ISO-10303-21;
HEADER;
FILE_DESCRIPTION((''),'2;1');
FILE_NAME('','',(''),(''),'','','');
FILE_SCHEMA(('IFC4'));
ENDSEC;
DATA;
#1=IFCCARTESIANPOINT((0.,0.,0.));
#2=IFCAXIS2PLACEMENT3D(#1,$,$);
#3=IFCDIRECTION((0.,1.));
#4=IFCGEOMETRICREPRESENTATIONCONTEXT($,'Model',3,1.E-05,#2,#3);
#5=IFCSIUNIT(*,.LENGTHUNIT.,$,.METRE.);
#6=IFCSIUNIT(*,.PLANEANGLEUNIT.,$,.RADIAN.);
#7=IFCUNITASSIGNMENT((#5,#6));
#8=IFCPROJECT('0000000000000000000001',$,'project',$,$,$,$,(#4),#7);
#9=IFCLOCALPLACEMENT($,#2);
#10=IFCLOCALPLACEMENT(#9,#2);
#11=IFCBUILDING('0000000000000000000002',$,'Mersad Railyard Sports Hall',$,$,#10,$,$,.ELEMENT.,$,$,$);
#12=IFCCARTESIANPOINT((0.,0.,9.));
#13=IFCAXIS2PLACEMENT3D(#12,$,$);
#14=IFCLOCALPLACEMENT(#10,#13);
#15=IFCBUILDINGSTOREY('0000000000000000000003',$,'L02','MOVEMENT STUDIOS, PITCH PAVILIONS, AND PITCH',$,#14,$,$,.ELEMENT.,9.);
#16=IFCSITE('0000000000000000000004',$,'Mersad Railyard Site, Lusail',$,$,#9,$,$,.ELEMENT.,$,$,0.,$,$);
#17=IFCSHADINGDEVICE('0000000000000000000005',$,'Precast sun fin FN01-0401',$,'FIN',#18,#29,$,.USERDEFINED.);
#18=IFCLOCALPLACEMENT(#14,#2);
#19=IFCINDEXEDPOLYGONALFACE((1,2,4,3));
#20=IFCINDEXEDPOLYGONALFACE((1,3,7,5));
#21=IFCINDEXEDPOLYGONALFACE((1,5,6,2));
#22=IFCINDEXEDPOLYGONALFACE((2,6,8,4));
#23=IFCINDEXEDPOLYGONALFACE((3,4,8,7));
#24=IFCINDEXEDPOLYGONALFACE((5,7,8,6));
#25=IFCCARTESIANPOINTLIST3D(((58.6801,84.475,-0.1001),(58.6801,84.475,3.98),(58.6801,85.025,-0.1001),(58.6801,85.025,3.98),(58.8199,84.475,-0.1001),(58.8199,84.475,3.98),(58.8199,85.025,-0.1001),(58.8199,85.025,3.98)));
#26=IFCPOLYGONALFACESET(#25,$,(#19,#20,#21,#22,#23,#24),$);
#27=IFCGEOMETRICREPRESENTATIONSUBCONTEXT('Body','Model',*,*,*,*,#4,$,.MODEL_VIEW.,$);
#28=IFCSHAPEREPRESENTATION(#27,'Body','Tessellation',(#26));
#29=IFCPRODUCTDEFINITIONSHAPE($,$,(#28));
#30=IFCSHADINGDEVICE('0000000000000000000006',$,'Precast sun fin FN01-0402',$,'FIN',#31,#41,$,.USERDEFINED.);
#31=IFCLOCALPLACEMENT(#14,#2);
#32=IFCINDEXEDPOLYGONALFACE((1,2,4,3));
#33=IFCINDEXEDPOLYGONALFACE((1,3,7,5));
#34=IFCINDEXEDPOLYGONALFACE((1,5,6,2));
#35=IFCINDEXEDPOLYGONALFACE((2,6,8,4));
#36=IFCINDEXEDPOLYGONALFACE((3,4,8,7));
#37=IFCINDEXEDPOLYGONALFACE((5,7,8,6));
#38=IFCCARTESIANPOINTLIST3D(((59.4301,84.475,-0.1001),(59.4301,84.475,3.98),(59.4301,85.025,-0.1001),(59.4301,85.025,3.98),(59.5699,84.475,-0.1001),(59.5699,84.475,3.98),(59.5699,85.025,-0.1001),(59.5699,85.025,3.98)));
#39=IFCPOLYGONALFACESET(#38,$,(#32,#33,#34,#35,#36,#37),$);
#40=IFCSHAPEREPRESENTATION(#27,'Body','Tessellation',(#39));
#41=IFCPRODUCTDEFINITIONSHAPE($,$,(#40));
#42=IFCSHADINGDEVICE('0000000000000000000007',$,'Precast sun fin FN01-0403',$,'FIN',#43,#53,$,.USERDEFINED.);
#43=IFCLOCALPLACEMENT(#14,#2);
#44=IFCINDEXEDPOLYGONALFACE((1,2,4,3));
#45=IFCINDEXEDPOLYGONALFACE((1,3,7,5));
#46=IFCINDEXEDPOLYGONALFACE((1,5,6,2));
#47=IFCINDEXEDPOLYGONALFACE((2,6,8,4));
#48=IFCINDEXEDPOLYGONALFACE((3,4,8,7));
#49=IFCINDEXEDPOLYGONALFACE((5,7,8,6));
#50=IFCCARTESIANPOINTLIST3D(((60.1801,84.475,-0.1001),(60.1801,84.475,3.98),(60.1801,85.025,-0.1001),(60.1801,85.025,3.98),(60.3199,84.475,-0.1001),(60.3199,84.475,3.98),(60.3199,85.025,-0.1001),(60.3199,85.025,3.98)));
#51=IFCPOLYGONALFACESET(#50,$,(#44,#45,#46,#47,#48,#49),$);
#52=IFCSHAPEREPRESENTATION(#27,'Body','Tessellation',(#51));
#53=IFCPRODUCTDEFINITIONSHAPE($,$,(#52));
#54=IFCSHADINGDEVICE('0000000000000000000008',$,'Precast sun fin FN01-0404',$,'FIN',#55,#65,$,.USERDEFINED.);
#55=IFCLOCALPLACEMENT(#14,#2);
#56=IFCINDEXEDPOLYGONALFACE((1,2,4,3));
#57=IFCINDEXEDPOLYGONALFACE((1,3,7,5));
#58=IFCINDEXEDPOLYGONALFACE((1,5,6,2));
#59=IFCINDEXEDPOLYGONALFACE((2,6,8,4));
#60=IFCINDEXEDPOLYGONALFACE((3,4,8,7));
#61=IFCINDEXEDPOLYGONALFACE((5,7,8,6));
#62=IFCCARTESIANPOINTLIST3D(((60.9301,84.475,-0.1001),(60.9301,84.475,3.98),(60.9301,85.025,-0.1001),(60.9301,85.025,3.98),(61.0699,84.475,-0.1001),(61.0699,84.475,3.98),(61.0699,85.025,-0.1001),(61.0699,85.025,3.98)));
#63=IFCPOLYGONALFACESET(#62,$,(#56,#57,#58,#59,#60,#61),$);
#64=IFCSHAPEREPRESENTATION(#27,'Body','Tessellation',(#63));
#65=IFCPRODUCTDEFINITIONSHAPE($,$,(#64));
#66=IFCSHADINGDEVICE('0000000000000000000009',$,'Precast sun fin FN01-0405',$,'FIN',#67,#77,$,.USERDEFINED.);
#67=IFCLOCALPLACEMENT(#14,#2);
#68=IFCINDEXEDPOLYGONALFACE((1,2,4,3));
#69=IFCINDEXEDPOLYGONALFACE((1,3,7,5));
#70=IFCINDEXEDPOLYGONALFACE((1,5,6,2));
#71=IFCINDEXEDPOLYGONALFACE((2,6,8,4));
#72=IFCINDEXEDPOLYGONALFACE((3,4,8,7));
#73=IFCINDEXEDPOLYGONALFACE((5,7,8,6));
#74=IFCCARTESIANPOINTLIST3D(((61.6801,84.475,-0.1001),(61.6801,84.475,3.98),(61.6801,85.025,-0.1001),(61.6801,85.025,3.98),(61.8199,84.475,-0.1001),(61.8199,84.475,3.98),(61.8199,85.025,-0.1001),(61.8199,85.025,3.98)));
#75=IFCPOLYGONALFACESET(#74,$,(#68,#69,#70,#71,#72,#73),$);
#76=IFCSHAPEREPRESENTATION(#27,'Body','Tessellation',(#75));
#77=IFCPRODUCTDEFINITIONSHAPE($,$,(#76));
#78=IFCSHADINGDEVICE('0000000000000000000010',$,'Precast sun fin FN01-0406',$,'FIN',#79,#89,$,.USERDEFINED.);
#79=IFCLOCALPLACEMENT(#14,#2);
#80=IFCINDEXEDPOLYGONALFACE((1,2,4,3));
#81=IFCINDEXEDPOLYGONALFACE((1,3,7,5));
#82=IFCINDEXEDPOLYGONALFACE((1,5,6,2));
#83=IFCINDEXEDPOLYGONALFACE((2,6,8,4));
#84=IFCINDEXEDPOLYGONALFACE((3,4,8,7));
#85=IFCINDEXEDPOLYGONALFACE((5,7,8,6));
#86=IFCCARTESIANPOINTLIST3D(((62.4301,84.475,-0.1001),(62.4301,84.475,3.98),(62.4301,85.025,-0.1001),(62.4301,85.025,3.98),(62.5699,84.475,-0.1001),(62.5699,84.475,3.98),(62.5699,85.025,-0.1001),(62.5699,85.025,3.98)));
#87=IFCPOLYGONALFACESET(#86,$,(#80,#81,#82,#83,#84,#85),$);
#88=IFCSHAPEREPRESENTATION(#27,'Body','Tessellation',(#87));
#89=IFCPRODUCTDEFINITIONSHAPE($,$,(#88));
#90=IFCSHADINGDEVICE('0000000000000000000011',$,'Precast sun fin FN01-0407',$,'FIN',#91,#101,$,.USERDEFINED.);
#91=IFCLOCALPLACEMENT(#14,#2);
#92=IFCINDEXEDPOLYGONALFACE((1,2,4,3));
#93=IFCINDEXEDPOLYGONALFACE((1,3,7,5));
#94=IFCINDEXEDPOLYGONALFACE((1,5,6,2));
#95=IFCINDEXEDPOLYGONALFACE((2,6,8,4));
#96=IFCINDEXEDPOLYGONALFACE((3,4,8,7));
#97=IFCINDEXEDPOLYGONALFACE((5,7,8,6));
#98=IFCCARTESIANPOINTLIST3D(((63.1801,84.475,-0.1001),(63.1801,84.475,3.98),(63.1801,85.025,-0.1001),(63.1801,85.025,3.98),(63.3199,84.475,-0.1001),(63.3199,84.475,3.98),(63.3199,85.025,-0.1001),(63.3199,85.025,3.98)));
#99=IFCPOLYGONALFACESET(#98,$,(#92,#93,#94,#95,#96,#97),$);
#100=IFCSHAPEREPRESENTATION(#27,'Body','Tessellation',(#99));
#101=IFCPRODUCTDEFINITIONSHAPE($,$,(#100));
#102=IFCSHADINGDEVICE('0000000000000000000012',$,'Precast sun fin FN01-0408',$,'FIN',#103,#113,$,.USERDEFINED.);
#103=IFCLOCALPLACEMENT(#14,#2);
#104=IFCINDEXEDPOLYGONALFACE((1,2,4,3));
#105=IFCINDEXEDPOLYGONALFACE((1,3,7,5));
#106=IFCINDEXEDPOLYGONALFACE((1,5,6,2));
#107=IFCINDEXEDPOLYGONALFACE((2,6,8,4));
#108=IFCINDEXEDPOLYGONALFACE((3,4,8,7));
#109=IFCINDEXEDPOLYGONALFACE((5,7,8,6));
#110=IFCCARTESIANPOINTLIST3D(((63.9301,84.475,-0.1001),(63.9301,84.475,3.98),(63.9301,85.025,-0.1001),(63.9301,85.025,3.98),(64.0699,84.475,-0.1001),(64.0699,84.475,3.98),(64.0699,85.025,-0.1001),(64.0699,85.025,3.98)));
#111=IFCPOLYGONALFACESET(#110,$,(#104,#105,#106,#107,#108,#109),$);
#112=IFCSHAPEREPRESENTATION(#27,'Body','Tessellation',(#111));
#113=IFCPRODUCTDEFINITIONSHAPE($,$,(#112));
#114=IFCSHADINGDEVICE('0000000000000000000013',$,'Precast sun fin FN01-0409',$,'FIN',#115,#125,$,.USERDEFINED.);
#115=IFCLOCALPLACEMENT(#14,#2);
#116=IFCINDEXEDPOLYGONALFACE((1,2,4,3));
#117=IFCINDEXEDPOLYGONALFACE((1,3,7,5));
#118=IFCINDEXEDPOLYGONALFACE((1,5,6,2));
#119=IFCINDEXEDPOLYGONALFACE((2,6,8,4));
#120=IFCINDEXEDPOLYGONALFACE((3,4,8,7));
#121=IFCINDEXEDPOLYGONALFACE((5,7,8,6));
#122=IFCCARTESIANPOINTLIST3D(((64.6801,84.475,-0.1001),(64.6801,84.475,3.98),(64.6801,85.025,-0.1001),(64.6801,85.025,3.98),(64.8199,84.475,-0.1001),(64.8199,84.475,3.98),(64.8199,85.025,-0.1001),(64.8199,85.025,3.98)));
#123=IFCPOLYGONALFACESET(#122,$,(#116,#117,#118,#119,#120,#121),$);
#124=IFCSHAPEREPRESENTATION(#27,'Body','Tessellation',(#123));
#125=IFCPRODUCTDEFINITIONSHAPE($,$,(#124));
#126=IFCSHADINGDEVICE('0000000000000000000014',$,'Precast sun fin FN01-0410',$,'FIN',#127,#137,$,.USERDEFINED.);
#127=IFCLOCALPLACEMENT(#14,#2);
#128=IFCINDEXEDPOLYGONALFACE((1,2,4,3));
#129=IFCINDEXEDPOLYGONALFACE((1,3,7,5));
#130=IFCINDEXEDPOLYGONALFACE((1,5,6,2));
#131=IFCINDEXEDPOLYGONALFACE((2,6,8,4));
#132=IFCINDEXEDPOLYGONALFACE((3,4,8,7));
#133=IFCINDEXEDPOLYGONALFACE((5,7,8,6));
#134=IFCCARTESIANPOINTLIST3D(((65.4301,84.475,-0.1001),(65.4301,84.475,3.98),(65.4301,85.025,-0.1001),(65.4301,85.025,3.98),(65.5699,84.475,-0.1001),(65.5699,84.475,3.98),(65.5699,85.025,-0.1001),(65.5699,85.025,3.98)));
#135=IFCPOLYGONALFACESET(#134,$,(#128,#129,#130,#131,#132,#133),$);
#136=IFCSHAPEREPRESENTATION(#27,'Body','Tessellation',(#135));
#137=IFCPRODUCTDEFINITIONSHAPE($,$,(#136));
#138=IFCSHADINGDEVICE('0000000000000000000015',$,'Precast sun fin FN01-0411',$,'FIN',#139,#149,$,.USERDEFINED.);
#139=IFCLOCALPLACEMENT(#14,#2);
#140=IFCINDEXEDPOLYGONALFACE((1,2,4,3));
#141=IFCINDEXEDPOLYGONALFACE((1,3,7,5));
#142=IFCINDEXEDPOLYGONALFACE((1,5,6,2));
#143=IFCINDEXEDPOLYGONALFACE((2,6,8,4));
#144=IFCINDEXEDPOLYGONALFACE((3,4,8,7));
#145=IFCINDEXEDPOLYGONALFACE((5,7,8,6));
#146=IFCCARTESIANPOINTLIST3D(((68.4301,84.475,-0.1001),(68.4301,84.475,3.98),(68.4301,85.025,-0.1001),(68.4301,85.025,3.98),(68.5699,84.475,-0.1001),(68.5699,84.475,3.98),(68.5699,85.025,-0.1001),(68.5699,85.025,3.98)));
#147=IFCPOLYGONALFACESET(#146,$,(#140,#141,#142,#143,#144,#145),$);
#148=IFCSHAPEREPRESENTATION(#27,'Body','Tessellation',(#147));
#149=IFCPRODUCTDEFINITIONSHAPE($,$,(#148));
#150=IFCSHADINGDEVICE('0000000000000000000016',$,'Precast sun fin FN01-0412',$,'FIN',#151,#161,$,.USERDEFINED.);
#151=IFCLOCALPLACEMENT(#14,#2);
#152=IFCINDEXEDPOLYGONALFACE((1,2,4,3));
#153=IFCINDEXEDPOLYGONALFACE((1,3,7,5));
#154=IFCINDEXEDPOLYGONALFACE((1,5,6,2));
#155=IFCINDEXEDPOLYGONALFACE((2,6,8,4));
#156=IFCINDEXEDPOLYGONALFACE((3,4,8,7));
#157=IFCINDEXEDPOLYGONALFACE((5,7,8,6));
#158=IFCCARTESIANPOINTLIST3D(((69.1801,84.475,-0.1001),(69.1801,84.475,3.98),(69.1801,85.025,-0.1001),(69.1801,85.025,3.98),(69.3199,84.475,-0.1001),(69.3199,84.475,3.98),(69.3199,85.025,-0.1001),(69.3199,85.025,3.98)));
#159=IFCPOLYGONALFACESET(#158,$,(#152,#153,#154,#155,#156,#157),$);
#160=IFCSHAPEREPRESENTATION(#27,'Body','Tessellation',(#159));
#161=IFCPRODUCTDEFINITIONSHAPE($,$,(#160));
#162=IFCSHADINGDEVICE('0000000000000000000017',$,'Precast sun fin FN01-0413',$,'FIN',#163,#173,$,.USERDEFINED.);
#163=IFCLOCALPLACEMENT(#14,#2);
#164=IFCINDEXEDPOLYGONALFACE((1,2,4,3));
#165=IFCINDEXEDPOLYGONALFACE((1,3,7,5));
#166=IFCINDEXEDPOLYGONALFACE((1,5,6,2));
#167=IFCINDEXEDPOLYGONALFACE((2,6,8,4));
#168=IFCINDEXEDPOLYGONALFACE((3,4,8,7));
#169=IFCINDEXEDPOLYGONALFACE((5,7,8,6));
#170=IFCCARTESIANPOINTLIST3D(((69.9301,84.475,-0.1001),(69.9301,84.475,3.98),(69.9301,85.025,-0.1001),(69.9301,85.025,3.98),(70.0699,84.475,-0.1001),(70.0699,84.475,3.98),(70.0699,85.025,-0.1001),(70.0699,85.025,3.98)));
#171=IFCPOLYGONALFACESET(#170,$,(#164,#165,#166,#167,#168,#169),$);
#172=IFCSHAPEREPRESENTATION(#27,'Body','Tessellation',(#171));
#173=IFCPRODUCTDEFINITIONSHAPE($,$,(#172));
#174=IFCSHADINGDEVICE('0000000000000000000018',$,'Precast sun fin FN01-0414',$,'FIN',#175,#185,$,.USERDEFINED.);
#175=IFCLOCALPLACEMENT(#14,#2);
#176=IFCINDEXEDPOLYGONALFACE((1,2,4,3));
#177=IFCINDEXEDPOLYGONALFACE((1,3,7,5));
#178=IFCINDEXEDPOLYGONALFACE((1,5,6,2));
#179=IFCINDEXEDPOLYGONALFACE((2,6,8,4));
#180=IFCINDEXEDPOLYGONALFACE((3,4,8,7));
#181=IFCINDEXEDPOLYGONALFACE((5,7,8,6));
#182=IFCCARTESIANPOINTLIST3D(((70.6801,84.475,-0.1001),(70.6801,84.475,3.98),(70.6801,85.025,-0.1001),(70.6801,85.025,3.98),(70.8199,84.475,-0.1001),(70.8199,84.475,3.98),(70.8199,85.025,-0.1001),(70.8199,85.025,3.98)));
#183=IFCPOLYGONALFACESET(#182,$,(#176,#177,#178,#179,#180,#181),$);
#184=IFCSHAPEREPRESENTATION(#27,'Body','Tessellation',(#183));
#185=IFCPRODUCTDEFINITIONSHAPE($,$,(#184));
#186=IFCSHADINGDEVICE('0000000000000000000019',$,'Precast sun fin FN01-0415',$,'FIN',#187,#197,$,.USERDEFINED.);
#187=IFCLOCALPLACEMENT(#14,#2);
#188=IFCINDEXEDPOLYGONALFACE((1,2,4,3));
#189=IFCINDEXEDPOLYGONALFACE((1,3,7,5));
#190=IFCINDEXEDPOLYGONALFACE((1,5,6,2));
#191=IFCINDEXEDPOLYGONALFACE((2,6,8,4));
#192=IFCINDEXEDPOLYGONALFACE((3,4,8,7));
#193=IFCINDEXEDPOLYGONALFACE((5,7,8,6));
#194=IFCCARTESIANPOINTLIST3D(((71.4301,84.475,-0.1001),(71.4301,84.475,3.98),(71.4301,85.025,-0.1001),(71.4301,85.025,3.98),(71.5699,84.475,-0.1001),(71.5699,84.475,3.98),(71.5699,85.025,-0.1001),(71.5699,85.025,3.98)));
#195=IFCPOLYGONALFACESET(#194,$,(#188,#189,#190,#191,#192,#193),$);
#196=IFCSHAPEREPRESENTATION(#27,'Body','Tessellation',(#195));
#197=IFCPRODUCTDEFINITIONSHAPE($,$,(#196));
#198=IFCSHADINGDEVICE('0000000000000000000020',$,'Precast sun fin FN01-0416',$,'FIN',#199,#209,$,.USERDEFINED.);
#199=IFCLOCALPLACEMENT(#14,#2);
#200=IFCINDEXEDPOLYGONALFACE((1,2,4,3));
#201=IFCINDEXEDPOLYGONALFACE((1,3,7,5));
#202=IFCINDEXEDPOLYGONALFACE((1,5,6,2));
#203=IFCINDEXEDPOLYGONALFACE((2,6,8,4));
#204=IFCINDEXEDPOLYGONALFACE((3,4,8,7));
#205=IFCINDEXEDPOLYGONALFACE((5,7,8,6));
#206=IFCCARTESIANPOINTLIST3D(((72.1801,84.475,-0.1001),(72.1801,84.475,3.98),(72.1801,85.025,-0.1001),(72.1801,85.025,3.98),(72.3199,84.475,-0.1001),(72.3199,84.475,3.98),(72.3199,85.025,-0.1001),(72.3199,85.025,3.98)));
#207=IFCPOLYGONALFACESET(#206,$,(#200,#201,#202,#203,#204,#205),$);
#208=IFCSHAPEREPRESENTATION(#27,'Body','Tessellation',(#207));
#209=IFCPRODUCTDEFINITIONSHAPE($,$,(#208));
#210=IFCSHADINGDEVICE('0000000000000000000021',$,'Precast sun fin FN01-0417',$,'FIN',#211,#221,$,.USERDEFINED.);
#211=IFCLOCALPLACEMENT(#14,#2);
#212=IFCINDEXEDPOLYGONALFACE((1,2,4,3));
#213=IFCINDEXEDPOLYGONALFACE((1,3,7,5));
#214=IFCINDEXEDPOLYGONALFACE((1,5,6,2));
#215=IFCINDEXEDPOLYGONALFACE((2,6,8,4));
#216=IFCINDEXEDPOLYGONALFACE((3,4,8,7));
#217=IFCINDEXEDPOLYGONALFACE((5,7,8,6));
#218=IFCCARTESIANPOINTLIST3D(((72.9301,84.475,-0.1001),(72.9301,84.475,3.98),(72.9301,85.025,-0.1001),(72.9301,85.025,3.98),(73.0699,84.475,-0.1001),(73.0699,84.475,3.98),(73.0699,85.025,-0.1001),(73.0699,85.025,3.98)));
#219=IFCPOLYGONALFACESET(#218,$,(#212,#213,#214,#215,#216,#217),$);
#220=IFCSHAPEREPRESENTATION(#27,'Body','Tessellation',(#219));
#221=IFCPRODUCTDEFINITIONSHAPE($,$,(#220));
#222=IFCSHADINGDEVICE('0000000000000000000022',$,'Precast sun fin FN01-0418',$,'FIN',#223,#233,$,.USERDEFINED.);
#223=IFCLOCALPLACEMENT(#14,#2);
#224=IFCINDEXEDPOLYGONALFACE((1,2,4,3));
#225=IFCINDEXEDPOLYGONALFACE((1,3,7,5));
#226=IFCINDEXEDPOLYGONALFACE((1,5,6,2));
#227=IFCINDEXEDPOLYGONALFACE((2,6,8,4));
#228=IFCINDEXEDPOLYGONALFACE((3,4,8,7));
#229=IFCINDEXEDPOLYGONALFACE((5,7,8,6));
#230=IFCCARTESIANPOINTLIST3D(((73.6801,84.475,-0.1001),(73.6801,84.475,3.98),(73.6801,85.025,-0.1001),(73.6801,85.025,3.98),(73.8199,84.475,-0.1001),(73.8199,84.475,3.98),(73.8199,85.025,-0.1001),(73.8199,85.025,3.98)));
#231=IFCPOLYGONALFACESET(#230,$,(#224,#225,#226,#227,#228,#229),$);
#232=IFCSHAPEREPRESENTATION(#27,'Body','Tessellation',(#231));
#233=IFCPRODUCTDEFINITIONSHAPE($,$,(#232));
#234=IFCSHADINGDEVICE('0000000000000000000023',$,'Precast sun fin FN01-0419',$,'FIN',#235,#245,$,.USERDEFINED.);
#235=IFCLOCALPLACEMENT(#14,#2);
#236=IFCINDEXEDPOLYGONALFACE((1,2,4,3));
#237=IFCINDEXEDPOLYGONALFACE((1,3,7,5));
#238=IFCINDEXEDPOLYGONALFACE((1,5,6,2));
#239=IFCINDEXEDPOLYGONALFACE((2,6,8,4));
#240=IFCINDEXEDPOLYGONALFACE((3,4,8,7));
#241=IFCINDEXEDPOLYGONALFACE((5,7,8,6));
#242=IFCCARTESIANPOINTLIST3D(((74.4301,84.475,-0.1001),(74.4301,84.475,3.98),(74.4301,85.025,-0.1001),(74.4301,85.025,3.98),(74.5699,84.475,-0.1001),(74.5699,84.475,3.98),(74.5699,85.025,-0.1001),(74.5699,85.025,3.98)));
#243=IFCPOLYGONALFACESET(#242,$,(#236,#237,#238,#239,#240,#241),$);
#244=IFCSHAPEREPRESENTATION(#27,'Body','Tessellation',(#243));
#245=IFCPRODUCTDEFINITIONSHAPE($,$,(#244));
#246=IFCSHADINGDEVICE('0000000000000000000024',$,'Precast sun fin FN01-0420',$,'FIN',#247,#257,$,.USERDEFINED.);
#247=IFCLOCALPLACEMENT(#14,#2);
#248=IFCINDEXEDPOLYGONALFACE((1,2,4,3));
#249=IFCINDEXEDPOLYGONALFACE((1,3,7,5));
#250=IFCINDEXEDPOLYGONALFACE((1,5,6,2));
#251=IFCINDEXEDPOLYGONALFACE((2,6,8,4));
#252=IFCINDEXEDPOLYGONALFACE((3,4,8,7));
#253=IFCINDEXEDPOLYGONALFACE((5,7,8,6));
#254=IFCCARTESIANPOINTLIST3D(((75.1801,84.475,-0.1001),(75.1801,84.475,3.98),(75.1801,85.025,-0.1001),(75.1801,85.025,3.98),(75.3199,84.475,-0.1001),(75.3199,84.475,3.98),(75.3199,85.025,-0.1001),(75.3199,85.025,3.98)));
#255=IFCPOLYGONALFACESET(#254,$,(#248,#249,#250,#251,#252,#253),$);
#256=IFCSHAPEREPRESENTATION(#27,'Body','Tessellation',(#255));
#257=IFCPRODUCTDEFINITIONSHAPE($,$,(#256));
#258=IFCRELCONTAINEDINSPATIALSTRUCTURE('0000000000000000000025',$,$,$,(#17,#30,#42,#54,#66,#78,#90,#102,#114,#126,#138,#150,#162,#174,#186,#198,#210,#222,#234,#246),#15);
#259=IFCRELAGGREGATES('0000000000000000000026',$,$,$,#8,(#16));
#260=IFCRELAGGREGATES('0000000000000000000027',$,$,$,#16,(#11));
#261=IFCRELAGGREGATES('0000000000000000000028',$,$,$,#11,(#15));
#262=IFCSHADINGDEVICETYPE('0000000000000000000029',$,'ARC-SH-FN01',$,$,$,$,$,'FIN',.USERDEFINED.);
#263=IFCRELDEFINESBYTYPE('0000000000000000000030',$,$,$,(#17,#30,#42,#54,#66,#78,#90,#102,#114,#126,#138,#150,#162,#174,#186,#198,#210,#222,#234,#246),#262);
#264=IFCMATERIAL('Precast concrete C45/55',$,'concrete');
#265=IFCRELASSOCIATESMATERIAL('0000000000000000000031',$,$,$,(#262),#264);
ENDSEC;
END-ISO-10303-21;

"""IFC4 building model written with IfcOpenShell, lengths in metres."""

from ifc_helpers import new_model, si_unit, direction, frame, origin, origin_2d, place, context, subcontext, project, spatial, rectangle, extrude, material, type_object, element, save


model = new_model("IFC4")

# Units and contexts
model_context = context("Model", 3, precision=1e-05, world=origin(), true_north=direction((0.0, 1.0)))
body_context = subcontext(model_context, "Body", "Model", "MODEL_VIEW")
ifc_project = project(units=[si_unit("LENGTHUNIT", "METRE"), si_unit("PLANEANGLEUNIT", "RADIAN")], contexts=[model_context])

# Site, building, storey
site_placement = place(None, origin())
site = spatial("IfcSite", under=ifc_project, at=site_placement, Name="Mersad Railyard Site, Lusail", CompositionType="ELEMENT", RefElevation=0.0)
building_placement = place(site_placement, origin())
building = spatial("IfcBuilding", under=site, at=building_placement, Name="Mersad Railyard Sports Hall", CompositionType="ELEMENT")
storey_placement = place(building_placement, frame((0.0, 0.0, 9.0)))
storey = spatial("IfcBuildingStorey", under=building, at=storey_placement, Name="L02", Description="MOVEMENT STUDIOS, PITCH PAVILIONS, AND PITCH", CompositionType="ELEMENT", Elevation=9.0)

# Shading devices
ifc_material = material(Name="Precast concrete C45/55", Category="concrete")
shading_device_type = type_object("IfcShadingDeviceType", Name="ARC-SH-FN01", ElementType="FIN", PredefinedType="USERDEFINED", material=ifc_material)
for number, where, z_axis, x_axis, name in (
    (1, (58.75, 84.75, -0.1001), (0.0, 0.0, 1.0), (1.0, 0.0, 0.0), "Precast sun fin FN01-0401"),
    (2, (59.5, 84.75, -0.1001), (0.0, 0.0, 1.0), (1.0, 0.0, 0.0), "Precast sun fin FN01-0402"),
    (3, (60.25, 84.75, -0.1001), (0.0, 0.0, 1.0), (1.0, 0.0, 0.0), "Precast sun fin FN01-0403"),
    (4, (61.0, 84.75, -0.1001), (0.0, 0.0, 1.0), (1.0, 0.0, 0.0), "Precast sun fin FN01-0404"),
    (5, (61.75, 84.75, -0.1001), (0.0, 0.0, 1.0), (1.0, 0.0, 0.0), "Precast sun fin FN01-0405"),
    (6, (62.5, 84.75, -0.1001), (0.0, 0.0, 1.0), (1.0, 0.0, 0.0), "Precast sun fin FN01-0406"),
    (7, (63.25, 84.75, -0.1001), (0.0, 0.0, 1.0), (1.0, 0.0, 0.0), "Precast sun fin FN01-0407"),
    (8, (64.0, 84.75, -0.1001), (0.0, 0.0, 1.0), (1.0, 0.0, 0.0), "Precast sun fin FN01-0408"),
    (9, (64.75, 84.75, -0.1001), (0.0, 0.0, 1.0), (1.0, 0.0, 0.0), "Precast sun fin FN01-0409"),
    (10, (65.5, 84.75, -0.1001), (0.0, 0.0, 1.0), (1.0, 0.0, 0.0), "Precast sun fin FN01-0410"),
    (11, (68.5, 84.75, -0.1001), (0.0, 0.0, 1.0), (1.0, 0.0, 0.0), "Precast sun fin FN01-0411"),
    (12, (69.25, 84.75, -0.1001), (0.0, 0.0, 1.0), (1.0, 0.0, 0.0), "Precast sun fin FN01-0412"),
    (13, (70.0, 84.75, -0.1001), (0.0, 0.0, 1.0), (1.0, 0.0, 0.0), "Precast sun fin FN01-0413"),
    (14, (70.75, 84.75, -0.1001), (0.0, 0.0, 1.0), (1.0, 0.0, 0.0), "Precast sun fin FN01-0414"),
    (15, (71.5, 84.75, -0.1001), (0.0, 0.0, 1.0), (1.0, 0.0, 0.0), "Precast sun fin FN01-0415"),
    (16, (72.25, 84.75, -0.1001), (0.0, 0.0, 1.0), (1.0, 0.0, 0.0), "Precast sun fin FN01-0416"),
    (17, (73.0, 84.75, -0.1001), (0.0, 0.0, 1.0), (1.0, 0.0, 0.0), "Precast sun fin FN01-0417"),
    (18, (73.75, 84.75, -0.1001), (0.0, 0.0, 1.0), (1.0, 0.0, 0.0), "Precast sun fin FN01-0418"),
    (19, (74.5, 84.75, -0.1001), (0.0, 0.0, 1.0), (1.0, 0.0, 0.0), "Precast sun fin FN01-0419"),
    (20, (75.25, 84.75, -0.1001), (0.0, 0.0, 1.0), (1.0, 0.0, 0.0), "Precast sun fin FN01-0420"),
):
    element("IfcShadingDevice", number, at=place(storey_placement, frame(where, z_axis=z_axis, x_axis=x_axis)), inside=storey, type_object=shading_device_type, Name=name, ObjectType="FIN", PredefinedType="USERDEFINED", context=body_context, shape_type="SweptSolid", body=[
        extrude(rectangle(XDim=0.1399, YDim=0.55, at=origin_2d()), origin(), (0.0, 0.0, 1.0), 4.0801),
    ])

save(model, "model.ifc")
